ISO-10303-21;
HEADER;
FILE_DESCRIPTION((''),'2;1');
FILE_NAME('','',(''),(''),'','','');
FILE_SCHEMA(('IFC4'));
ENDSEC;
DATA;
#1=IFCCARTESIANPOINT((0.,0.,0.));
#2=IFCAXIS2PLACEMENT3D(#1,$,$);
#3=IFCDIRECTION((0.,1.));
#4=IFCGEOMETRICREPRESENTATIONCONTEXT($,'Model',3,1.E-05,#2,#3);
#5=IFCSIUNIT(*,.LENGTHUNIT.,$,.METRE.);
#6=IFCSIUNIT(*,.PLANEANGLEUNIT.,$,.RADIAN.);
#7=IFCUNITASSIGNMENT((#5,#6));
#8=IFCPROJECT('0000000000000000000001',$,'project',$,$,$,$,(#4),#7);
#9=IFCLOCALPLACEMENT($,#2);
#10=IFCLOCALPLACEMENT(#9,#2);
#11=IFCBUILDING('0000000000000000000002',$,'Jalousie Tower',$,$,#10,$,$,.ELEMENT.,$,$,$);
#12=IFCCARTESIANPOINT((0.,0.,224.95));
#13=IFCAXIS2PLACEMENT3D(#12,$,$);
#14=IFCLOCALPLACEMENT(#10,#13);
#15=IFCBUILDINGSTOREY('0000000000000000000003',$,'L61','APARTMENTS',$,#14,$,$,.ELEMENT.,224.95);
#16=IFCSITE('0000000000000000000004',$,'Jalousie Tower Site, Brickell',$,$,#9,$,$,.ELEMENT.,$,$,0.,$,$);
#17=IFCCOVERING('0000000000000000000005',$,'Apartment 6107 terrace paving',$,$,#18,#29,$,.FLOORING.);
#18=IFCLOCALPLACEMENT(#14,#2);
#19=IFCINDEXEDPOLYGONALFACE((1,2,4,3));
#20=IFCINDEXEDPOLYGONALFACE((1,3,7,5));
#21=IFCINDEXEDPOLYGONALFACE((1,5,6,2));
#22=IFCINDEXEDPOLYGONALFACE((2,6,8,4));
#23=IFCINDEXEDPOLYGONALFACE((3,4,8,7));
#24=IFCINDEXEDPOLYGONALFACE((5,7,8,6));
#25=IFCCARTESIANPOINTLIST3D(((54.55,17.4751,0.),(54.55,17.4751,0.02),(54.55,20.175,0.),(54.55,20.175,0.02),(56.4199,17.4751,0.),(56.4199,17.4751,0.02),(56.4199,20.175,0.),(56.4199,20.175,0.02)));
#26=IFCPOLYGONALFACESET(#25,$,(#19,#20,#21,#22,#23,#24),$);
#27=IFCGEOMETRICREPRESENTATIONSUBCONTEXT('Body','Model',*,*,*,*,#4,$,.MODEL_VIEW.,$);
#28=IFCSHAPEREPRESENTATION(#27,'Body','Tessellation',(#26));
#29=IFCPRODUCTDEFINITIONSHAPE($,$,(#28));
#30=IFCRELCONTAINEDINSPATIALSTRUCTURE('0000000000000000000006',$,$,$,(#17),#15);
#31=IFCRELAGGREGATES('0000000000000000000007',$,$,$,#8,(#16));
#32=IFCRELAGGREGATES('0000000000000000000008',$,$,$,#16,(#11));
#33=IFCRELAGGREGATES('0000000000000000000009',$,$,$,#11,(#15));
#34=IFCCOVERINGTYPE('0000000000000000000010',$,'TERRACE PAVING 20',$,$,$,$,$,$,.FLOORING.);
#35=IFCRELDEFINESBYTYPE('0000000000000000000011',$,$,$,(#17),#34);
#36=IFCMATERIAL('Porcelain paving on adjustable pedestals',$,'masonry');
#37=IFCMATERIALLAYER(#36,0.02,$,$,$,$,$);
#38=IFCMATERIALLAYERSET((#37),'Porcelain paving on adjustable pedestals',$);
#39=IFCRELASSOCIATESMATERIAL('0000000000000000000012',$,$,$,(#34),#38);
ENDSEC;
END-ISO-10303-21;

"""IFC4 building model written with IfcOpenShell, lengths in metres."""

from ifc_helpers import new_model, si_unit, direction, frame, origin, place, context, subcontext, project, spatial, polyline, outline, extrude, material, layer, layer_set, type_object, element, save


model = new_model("IFC4")

# Units and contexts
model_context = context("Model", 3, precision=1e-05, world=origin(), true_north=direction((0.0, 1.0)))
body_context = subcontext(model_context, "Body", "Model", "MODEL_VIEW")
ifc_project = project(units=[si_unit("LENGTHUNIT", "METRE"), si_unit("PLANEANGLEUNIT", "RADIAN")], contexts=[model_context])

# Site, building, storey
site_placement = place(None, origin())
site = spatial("IfcSite", under=ifc_project, at=site_placement, Name="Jalousie Tower Site, Brickell", CompositionType="ELEMENT", RefElevation=0.0)
building_placement = place(site_placement, origin())
building = spatial("IfcBuilding", under=site, at=building_placement, Name="Jalousie Tower", CompositionType="ELEMENT")
storey_placement = place(building_placement, frame((0.0, 0.0, 224.95)))
storey = spatial("IfcBuildingStorey", under=building, at=storey_placement, Name="L61", Description="APARTMENTS", CompositionType="ELEMENT", Elevation=224.95)

# Covering
ifc_material_1 = material(Name="Porcelain paving on adjustable pedestals", Category="masonry")
ifc_layer_1 = layer(ifc_material_1, 0.02)
ifc_layer_set_1 = layer_set([ifc_layer_1], Name="Porcelain paving on adjustable pedestals")
covering_type = type_object("IfcCoveringType", Name="TERRACE PAVING 20", PredefinedType="FLOORING", material=ifc_layer_set_1)
covering_1_placement = place(storey_placement, origin())
element("IfcCovering", 1, at=covering_1_placement, inside=storey, type_object=covering_type, Name="Apartment 6107 terrace paving", PredefinedType="FLOORING", context=body_context, shape_type="SweptSolid", body=[
    extrude(outline(polyline([(56.4199, 17.4751), (56.4199, 20.175), (54.55, 20.175), (54.55, 17.4751), (56.4199, 17.4751)])), origin(), (0.0, 0.0, 1.0), 0.02),
])

save(model, "model.ifc")
